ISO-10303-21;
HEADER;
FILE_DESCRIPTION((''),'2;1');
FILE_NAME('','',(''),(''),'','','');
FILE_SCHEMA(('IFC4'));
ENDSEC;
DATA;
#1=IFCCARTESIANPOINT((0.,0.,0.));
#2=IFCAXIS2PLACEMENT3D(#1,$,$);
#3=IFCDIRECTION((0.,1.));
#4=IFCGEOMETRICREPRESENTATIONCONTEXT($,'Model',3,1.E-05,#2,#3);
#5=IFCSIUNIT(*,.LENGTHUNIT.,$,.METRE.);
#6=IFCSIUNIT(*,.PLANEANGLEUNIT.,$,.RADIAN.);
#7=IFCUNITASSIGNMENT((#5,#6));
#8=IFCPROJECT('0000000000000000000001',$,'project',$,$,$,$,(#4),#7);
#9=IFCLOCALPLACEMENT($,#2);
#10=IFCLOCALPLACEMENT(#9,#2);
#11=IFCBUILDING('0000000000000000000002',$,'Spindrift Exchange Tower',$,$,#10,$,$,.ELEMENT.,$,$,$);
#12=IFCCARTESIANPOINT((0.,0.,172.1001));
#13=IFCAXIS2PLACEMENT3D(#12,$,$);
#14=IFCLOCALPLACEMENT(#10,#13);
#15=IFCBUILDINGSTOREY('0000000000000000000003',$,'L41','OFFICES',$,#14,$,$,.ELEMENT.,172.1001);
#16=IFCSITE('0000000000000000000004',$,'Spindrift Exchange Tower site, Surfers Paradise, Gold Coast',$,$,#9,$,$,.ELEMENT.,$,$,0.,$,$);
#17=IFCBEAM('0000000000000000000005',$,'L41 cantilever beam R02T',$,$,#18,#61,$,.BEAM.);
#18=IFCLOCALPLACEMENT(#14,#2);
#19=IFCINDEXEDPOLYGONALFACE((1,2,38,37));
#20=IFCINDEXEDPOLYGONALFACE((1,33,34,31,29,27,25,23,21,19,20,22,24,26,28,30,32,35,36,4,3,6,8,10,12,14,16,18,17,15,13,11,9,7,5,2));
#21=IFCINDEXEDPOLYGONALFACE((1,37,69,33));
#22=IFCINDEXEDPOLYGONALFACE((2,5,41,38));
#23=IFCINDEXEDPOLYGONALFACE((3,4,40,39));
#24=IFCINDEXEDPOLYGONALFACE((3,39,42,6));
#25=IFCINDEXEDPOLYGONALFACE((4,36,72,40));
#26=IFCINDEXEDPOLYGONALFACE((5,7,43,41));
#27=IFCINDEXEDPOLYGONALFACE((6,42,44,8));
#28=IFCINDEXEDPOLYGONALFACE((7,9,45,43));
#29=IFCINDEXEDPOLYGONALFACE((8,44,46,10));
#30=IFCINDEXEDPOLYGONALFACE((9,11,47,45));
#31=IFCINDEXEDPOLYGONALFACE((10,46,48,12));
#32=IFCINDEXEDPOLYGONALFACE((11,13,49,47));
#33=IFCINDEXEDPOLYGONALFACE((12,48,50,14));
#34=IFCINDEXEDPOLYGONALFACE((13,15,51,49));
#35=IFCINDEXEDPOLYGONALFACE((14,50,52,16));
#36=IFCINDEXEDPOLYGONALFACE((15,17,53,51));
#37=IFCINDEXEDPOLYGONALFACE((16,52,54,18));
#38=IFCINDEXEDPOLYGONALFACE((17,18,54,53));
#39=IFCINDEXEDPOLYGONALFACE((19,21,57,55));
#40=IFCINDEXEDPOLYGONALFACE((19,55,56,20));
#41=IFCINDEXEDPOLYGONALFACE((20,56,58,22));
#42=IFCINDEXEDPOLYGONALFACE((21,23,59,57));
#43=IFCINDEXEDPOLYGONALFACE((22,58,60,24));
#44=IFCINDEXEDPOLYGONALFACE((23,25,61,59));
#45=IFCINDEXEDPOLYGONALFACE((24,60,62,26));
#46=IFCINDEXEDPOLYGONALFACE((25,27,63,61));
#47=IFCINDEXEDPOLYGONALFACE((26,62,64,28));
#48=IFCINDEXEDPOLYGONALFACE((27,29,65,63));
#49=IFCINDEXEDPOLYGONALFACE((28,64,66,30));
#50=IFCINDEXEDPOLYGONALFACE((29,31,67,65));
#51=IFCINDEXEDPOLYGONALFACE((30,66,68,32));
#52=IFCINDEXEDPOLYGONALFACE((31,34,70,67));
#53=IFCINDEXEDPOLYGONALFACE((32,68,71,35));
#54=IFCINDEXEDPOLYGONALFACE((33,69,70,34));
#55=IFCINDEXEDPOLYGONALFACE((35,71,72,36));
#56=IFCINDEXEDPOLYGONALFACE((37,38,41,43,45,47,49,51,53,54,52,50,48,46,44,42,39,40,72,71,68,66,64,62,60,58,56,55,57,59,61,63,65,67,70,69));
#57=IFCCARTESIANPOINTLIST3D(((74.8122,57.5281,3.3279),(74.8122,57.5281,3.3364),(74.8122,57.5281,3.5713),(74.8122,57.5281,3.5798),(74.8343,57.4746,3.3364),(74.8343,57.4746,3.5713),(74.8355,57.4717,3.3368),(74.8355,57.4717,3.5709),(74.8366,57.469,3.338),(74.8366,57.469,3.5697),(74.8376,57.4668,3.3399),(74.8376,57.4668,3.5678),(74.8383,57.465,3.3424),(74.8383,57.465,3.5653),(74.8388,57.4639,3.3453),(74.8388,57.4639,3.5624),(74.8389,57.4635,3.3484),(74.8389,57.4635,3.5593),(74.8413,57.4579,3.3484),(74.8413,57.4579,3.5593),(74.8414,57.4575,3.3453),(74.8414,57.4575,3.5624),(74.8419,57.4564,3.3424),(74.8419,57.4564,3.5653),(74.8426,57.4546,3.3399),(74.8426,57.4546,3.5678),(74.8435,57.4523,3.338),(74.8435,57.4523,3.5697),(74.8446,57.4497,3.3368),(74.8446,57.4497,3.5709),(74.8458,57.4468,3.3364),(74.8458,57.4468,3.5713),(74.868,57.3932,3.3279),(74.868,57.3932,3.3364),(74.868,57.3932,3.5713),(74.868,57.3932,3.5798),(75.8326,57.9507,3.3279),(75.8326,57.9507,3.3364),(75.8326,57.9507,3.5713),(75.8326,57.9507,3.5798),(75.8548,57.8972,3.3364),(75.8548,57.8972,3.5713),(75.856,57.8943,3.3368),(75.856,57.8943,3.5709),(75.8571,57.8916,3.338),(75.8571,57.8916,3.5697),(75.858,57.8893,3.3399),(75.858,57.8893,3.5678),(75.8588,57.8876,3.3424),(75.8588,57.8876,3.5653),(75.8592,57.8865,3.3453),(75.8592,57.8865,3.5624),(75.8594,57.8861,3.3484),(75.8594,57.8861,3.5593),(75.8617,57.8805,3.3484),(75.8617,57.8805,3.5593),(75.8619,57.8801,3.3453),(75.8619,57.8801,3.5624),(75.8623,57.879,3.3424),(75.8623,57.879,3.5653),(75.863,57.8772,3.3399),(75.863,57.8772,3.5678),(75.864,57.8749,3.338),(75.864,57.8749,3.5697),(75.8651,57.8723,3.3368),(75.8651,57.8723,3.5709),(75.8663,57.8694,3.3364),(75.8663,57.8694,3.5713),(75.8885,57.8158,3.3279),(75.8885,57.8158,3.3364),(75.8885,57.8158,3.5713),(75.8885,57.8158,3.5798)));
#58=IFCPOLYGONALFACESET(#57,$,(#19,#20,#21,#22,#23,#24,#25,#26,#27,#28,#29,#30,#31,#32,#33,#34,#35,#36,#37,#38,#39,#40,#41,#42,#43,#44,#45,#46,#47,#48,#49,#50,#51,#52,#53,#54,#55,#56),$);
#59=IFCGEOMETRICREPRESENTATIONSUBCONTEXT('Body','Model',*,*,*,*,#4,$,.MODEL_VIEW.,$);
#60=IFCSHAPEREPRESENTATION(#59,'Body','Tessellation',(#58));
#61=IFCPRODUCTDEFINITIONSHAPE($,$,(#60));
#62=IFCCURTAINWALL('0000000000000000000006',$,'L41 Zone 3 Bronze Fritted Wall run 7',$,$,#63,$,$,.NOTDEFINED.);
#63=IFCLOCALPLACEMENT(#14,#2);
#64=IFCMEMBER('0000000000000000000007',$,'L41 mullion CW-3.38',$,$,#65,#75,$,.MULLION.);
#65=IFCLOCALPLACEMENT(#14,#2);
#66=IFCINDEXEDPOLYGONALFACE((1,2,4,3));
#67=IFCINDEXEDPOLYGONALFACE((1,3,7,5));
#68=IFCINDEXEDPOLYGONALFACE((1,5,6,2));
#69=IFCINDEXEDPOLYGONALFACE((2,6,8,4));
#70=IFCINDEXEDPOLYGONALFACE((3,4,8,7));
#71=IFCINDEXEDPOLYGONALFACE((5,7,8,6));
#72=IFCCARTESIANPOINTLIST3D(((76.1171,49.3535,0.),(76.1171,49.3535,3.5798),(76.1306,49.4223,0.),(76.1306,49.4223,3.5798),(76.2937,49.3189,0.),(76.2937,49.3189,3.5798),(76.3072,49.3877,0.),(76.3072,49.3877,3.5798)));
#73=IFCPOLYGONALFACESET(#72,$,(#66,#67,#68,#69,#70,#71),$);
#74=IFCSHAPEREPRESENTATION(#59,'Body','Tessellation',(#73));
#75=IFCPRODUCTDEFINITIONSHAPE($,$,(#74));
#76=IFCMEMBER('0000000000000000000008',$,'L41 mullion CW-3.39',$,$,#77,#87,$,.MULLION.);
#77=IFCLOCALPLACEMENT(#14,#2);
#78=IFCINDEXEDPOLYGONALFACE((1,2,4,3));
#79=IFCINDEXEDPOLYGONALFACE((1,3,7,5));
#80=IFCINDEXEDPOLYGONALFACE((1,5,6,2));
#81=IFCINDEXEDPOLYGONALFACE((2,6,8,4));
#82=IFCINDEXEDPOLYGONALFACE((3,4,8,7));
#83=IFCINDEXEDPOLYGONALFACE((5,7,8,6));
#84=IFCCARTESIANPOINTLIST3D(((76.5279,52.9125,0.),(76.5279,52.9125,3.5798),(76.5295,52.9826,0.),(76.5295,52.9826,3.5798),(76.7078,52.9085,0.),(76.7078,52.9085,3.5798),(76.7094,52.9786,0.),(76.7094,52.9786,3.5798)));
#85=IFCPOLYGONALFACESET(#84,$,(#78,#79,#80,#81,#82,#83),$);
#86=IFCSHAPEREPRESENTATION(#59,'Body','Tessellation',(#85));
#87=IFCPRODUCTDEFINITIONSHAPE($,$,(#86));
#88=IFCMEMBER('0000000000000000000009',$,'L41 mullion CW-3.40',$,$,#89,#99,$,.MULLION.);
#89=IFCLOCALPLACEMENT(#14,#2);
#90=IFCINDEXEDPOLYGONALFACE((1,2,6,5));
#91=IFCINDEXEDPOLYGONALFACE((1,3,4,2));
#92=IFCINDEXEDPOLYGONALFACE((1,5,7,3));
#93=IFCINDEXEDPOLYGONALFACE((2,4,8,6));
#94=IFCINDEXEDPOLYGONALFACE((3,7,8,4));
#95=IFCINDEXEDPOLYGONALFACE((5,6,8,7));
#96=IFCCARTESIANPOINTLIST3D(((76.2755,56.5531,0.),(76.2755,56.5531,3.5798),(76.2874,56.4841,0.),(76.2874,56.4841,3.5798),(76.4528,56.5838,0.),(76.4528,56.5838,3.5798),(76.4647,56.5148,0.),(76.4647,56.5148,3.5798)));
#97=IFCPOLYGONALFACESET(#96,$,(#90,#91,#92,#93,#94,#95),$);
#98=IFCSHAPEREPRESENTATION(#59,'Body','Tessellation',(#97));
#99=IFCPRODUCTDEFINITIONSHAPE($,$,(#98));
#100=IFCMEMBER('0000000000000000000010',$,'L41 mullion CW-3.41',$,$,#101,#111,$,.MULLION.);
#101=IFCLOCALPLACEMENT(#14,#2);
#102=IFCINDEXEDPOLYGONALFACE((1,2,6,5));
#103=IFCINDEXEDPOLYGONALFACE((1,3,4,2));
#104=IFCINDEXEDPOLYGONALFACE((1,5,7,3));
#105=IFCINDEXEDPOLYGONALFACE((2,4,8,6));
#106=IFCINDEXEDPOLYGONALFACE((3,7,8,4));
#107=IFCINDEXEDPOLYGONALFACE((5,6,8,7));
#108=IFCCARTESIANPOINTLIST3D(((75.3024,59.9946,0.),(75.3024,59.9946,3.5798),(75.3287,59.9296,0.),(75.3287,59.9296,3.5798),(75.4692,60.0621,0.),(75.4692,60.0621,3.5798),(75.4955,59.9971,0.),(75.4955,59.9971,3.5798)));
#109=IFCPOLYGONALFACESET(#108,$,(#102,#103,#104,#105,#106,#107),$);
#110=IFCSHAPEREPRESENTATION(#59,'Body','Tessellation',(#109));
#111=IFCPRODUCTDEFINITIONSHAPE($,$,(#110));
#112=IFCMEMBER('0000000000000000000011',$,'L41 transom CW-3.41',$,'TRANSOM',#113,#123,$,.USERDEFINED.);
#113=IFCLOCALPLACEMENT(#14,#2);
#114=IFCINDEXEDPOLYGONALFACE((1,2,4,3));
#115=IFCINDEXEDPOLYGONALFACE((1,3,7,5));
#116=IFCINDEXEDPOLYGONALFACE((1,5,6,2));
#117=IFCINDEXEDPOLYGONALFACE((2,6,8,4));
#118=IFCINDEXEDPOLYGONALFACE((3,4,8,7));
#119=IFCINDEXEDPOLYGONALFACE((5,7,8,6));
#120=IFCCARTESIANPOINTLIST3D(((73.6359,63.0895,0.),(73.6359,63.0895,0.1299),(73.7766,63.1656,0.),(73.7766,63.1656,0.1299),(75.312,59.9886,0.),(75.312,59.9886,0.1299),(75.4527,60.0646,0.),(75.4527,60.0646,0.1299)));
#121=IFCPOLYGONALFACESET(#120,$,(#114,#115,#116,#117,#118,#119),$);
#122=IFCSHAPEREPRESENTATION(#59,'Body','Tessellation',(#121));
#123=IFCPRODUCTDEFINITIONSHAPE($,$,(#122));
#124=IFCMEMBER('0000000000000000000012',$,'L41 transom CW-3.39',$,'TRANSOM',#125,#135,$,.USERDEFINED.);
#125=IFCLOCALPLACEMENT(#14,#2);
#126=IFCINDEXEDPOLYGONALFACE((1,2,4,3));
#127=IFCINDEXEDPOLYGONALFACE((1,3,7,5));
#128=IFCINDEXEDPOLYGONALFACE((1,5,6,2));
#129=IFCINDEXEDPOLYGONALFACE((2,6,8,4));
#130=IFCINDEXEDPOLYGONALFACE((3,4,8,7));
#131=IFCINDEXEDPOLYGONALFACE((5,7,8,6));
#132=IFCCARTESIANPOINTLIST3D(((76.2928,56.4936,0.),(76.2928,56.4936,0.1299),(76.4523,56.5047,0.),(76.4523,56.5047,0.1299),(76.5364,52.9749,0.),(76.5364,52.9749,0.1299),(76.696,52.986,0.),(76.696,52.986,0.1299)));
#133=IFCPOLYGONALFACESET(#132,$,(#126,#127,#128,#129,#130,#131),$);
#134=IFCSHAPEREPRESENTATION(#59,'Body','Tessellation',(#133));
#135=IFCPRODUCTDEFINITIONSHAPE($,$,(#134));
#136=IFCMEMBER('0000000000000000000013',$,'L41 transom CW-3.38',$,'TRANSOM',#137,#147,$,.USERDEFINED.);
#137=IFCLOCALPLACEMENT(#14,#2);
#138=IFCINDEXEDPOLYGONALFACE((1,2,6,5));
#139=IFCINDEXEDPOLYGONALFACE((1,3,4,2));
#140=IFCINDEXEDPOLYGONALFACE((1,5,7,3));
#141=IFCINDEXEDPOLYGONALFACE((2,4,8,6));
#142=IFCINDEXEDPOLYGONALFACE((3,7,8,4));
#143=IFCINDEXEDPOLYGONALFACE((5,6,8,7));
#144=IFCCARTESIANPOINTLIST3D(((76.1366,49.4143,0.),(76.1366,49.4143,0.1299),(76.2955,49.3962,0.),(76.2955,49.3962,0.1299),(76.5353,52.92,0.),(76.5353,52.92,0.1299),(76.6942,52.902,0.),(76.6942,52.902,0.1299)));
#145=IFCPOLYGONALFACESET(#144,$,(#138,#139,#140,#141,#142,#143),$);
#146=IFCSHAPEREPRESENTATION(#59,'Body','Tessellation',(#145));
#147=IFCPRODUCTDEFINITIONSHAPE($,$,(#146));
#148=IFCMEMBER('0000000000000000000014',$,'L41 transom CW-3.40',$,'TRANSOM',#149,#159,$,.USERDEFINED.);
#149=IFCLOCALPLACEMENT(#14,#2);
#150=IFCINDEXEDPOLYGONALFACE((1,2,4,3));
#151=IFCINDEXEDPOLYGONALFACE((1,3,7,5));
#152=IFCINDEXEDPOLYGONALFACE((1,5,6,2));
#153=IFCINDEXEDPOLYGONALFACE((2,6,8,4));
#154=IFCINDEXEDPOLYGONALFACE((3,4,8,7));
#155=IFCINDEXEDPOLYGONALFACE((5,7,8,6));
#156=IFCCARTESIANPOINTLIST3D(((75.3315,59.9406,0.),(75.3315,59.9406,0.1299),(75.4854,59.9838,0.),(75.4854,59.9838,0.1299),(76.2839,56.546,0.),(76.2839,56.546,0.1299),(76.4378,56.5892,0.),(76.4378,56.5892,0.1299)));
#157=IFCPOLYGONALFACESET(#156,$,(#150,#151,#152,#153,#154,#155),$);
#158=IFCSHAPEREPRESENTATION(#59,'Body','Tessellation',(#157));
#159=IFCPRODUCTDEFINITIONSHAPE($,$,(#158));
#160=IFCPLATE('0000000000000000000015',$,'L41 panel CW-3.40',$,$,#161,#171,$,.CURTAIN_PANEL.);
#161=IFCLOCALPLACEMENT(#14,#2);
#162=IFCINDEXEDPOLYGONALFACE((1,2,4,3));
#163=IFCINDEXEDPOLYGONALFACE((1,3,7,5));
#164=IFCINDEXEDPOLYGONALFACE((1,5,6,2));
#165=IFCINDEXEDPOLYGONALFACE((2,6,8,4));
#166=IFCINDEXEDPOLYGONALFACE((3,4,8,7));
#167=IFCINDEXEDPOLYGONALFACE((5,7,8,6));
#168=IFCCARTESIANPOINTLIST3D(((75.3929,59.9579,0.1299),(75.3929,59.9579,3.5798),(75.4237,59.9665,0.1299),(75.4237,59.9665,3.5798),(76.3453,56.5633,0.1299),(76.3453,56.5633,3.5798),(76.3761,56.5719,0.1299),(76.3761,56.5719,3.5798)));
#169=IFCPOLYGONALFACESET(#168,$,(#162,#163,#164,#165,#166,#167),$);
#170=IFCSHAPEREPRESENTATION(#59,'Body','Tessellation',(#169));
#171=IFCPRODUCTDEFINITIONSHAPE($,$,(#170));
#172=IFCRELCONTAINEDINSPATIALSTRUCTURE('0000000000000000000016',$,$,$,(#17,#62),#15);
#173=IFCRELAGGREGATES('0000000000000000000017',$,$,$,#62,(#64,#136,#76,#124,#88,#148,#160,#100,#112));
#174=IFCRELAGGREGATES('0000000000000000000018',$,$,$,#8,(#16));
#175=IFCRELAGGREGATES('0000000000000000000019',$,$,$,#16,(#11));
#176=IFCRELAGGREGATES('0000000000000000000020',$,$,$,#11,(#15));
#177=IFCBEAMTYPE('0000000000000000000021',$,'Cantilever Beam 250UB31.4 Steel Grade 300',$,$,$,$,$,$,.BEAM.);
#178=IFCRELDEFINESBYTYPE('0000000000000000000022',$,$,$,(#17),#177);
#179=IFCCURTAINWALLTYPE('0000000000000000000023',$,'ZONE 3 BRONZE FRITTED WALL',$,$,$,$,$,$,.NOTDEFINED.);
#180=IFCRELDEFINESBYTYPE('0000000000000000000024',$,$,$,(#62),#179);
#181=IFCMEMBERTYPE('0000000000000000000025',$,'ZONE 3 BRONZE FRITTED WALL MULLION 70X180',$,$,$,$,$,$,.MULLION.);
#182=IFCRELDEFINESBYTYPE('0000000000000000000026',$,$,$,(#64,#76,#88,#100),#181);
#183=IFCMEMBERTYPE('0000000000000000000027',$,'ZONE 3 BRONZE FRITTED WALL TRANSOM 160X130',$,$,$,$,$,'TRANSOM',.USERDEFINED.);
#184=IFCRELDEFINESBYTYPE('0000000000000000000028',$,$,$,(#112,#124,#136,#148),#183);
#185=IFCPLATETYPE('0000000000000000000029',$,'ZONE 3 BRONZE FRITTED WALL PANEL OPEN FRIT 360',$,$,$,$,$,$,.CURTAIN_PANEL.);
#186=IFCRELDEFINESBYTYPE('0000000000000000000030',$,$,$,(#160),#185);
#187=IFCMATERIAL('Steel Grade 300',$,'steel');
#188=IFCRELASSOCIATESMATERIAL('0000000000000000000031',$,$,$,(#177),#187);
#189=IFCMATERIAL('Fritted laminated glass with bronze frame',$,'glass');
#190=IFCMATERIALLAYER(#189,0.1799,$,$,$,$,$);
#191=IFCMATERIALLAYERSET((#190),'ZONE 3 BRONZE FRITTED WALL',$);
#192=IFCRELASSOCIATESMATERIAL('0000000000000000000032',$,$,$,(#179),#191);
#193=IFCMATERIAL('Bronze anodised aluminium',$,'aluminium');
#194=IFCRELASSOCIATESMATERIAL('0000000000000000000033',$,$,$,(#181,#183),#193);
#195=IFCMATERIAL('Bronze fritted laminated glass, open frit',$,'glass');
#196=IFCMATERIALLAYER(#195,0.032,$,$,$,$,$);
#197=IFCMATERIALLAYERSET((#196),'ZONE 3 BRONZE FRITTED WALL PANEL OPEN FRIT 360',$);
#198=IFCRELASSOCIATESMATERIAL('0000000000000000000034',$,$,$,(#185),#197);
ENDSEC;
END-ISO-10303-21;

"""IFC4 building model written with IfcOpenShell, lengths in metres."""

from ifc_helpers import new_model, si_unit, direction, frame, origin, origin_2d, place, context, subcontext, project, spatial, rectangle, i_section, extrude, source, transform, mapped, material, layer, layer_set, material_profile, profile_set, type_object, element, aggregate, save


model = new_model("IFC4")

# Units and contexts
model_context = context("Model", 3, precision=1e-05, world=origin(), true_north=direction((0.0, 1.0)))
body_context = subcontext(model_context, "Body", "Model", "MODEL_VIEW")
ifc_project = project(units=[si_unit("LENGTHUNIT", "METRE"), si_unit("PLANEANGLEUNIT", "RADIAN")], contexts=[model_context])

# Site, building, storey
site_placement = place(None, origin())
site = spatial("IfcSite", under=ifc_project, at=site_placement, Name="Spindrift Exchange Tower site, Surfers Paradise, Gold Coast", CompositionType="ELEMENT", RefElevation=0.0)
building_placement = place(site_placement, origin())
building = spatial("IfcBuilding", under=site, at=building_placement, Name="Spindrift Exchange Tower", CompositionType="ELEMENT")
storey_placement = place(building_placement, frame((0.0, 0.0, 172.1001)))
storey = spatial("IfcBuildingStorey", under=building, at=storey_placement, Name="L41", Description="OFFICES", CompositionType="ELEMENT", Elevation=172.1001)

# Beam
ifc_material_1 = material(Name="Steel Grade 300", Category="steel")
ifc_material_profile_1 = material_profile(ifc_material_1, i_section(OverallWidth=0.146, OverallDepth=0.252, WebThickness=0.0061, FlangeThickness=0.0085, FilletRadius=0.012, at=origin_2d()), Name="250UB31.4")
ifc_profile_set_1 = profile_set([ifc_material_profile_1], Name="Steel Grade 300")
beam_type_1 = type_object("IfcBeamType", Name="Cantilever Beam 250UB31.4 Steel Grade 300", PredefinedType="BEAM", material=ifc_profile_set_1)
shared_shape_1 = source(origin(), body_context, "Body", "SweptSolid", [
    extrude(i_section(OverallWidth=0.146, OverallDepth=0.252, WebThickness=0.0061, FlangeThickness=0.0085, FilletRadius=0.012, at=origin_2d()), origin(), (0.0, 0.0, 1.0), 1.1045),
])
beam_1_placement = place(storey_placement, frame((74.8401, 57.4607, 3.4539), z_axis=(0.923912, 0.382606, 0.0), x_axis=(-0.382606, 0.923912, 0.0)))
element("IfcBeam", 1, at=beam_1_placement, inside=storey, type_object=beam_type_1, Name="L41 cantilever beam R02T", PredefinedType="BEAM", context=body_context, shape_type="MappedRepresentation", body=[
    mapped(shared_shape_1, transform((0.0, 0.0, 0.0), scale=1.0)),
])

# Curtain wall, members, plate
ifc_material_2 = material(Name="Fritted laminated glass with bronze frame", Category="glass")
ifc_layer_1 = layer(ifc_material_2, 0.1799)
ifc_layer_set_1 = layer_set([ifc_layer_1], Name="ZONE 3 BRONZE FRITTED WALL")
curtain_wall_type = type_object("IfcCurtainWallType", Name="ZONE 3 BRONZE FRITTED WALL", PredefinedType="NOTDEFINED", material=ifc_layer_set_1)
curtain_wall_placement = place(storey_placement, origin())
curtain_wall = element("IfcCurtainWall", 2, at=curtain_wall_placement, inside=storey, type_object=curtain_wall_type, Name="L41 Zone 3 Bronze Fritted Wall run 7", PredefinedType="NOTDEFINED")
ifc_material_3 = material(Name="Bronze anodised aluminium", Category="aluminium")
ifc_material_profile_2 = material_profile(ifc_material_3, rectangle(XDim=0.0701, YDim=0.1799, at=origin_2d()), Name="ZONE 3 BRONZE FRITTED WALL MULLION 70X180")
ifc_profile_set_2 = profile_set([ifc_material_profile_2], Name="Bronze anodised aluminium")
member_type_1 = type_object("IfcMemberType", Name="ZONE 3 BRONZE FRITTED WALL MULLION 70X180", PredefinedType="MULLION", material=ifc_profile_set_2)
shared_shape_2 = source(origin(), body_context, "Body", "SweptSolid", [
    extrude(rectangle(XDim=0.0701, YDim=0.1799, at=origin_2d()), origin(), (0.0, 0.0, 1.0), 3.5798),
])
member_1_placement = place(storey_placement, frame((76.2122, 49.3706, 0.0), z_axis=(0.0, 0.0, 1.0), x_axis=(0.192477, 0.981301, 0.0)))
member_1 = element("IfcMember", 3, at=member_1_placement, type_object=member_type_1, Name="L41 mullion CW-3.38", PredefinedType="MULLION", context=body_context, shape_type="MappedRepresentation", body=[
    mapped(shared_shape_2, transform((0.0, 0.0, 0.0), scale=1.0)),
])
member_2_placement = place(storey_placement, frame((76.6187, 52.9456, 0.0), z_axis=(0.0, 0.0, 1.0), x_axis=(0.02205, 0.999757, 0.0)))
member_2 = element("IfcMember", 4, at=member_2_placement, type_object=member_type_1, Name="L41 mullion CW-3.39", PredefinedType="MULLION", context=body_context, shape_type="MappedRepresentation", body=[
    mapped(shared_shape_2, transform((0.0, 0.0, 0.0), scale=1.0)),
])
member_3_placement = place(storey_placement, frame((76.3701, 56.5339, 0.0), z_axis=(0.0, 0.0, 1.0), x_axis=(-0.170487, 0.98536, 0.0)))
member_3 = element("IfcMember", 5, at=member_3_placement, type_object=member_type_1, Name="L41 mullion CW-3.40", PredefinedType="MULLION", context=body_context, shape_type="MappedRepresentation", body=[
    mapped(shared_shape_2, transform((0.0, 0.0, 0.0), scale=1.0)),
])
member_4_placement = place(storey_placement, frame((75.3989, 59.9958, 0.0), z_axis=(0.0, 0.0, 1.0), x_axis=(-0.375124, 0.926975, 0.0)))
member_4 = element("IfcMember", 6, at=member_4_placement, type_object=member_type_1, Name="L41 mullion CW-3.41", PredefinedType="MULLION", context=body_context, shape_type="MappedRepresentation", body=[
    mapped(shared_shape_2, transform((0.0, 0.0, 0.0), scale=1.0)),
])
ifc_material_profile_3 = material_profile(ifc_material_3, rectangle(XDim=0.1599, YDim=0.1299, at=origin_2d()), Name="ZONE 3 BRONZE FRITTED WALL TRANSOM 160X130")
ifc_profile_set_3 = profile_set([ifc_material_profile_3], Name="Bronze anodised aluminium")
member_type_2 = type_object("IfcMemberType", Name="ZONE 3 BRONZE FRITTED WALL TRANSOM 160X130", ElementType="TRANSOM", PredefinedType="USERDEFINED", material=ifc_profile_set_3)
shared_shape_3 = source(origin(), body_context, "Body", "SweptSolid", [
    extrude(rectangle(XDim=0.1599, YDim=0.1299, at=origin_2d()), origin(), (0.0, 0.0, 1.0), 3.5249),
])
member_5_placement = place(storey_placement, frame((75.3823, 60.0266, 0.0649), z_axis=(-0.475495, 0.879718, 0.0), x_axis=(-0.879718, -0.475495, 0.0)))
member_5 = element("IfcMember", 7, at=member_5_placement, type_object=member_type_2, Name="L41 transom CW-3.41", ObjectType="TRANSOM", PredefinedType="USERDEFINED", context=body_context, shape_type="MappedRepresentation", body=[
    mapped(shared_shape_3, transform((0.0, 0.0, 0.0), scale=1.0)),
])
shared_shape_4 = source(origin(), body_context, "Body", "SweptSolid", [
    extrude(rectangle(XDim=0.1599, YDim=0.1299, at=origin_2d()), origin(), (0.0, 0.0, 1.0), 3.5271),
])
member_6_placement = place(storey_placement, frame((76.6162, 52.9805, 0.0649), z_axis=(-0.069082, 0.997611, 0.0), x_axis=(-0.997611, -0.069082, 0.0)))
member_6 = element("IfcMember", 8, at=member_6_placement, type_object=member_type_2, Name="L41 transom CW-3.39", ObjectType="TRANSOM", PredefinedType="USERDEFINED", context=body_context, shape_type="MappedRepresentation", body=[
    mapped(shared_shape_4, transform((0.0, 0.0, 0.0), scale=1.0)),
])
shared_shape_5 = source(origin(), body_context, "Body", "SweptSolid", [
    extrude(rectangle(XDim=0.1599, YDim=0.1299, at=origin_2d()), origin(), (0.0, 0.0, 1.0), 3.5283),
])
member_7_placement = place(storey_placement, frame((76.2161, 49.4053, 0.0649), z_axis=(0.112998, 0.993595, 0.0), x_axis=(-0.993595, 0.112998, 0.0)))
member_7 = element("IfcMember", 9, at=member_7_placement, type_object=member_type_2, Name="L41 transom CW-3.38", ObjectType="TRANSOM", PredefinedType="USERDEFINED", context=body_context, shape_type="MappedRepresentation", body=[
    mapped(shared_shape_5, transform((0.0, 0.0, 0.0), scale=1.0)),
])
shared_shape_6 = source(origin(), body_context, "Body", "SweptSolid", [
    extrude(rectangle(XDim=0.1599, YDim=0.1299, at=origin_2d()), origin(), (0.0, 0.0, 1.0), 3.5256),
])
member_8_placement = place(storey_placement, frame((76.3608, 56.5676, 0.0649), z_axis=(-0.270136, 0.962822, 0.0), x_axis=(-0.962822, -0.270136, 0.0)))
member_8 = element("IfcMember", 10, at=member_8_placement, type_object=member_type_2, Name="L41 transom CW-3.40", ObjectType="TRANSOM", PredefinedType="USERDEFINED", context=body_context, shape_type="MappedRepresentation", body=[
    mapped(shared_shape_6, transform((0.0, 0.0, 0.0), scale=1.0)),
])
ifc_material_4 = material(Name="Bronze fritted laminated glass, open frit", Category="glass")
ifc_layer_2 = layer(ifc_material_4, 0.032)
ifc_layer_set_2 = layer_set([ifc_layer_2], Name="ZONE 3 BRONZE FRITTED WALL PANEL OPEN FRIT 360")
plate_type_1 = type_object("IfcPlateType", Name="ZONE 3 BRONZE FRITTED WALL PANEL OPEN FRIT 360", PredefinedType="CURTAIN_PANEL", material=ifc_layer_set_2)
shared_shape_7 = source(origin(), body_context, "Body", "SweptSolid", [
    extrude(rectangle(XDim=3.5256, YDim=0.032, at=origin_2d()), origin(), (0.0, 0.0, 1.0), 3.45),
])
plate_1_placement = place(storey_placement, frame((75.8845, 58.2649, 0.1299), z_axis=(0.0, 0.0, 1.0), x_axis=(-0.270137, 0.962822, 0.0)))
plate_1 = element("IfcPlate", 11, at=plate_1_placement, type_object=plate_type_1, Name="L41 panel CW-3.40", PredefinedType="CURTAIN_PANEL", context=body_context, shape_type="MappedRepresentation", body=[
    mapped(shared_shape_7, transform((0.0, 0.0, 0.0), scale=1.0)),
])
aggregate(curtain_wall, [member_1, member_7, member_2, member_6, member_3, member_8, plate_1, member_4, member_5])

save(model, "model.ifc")
